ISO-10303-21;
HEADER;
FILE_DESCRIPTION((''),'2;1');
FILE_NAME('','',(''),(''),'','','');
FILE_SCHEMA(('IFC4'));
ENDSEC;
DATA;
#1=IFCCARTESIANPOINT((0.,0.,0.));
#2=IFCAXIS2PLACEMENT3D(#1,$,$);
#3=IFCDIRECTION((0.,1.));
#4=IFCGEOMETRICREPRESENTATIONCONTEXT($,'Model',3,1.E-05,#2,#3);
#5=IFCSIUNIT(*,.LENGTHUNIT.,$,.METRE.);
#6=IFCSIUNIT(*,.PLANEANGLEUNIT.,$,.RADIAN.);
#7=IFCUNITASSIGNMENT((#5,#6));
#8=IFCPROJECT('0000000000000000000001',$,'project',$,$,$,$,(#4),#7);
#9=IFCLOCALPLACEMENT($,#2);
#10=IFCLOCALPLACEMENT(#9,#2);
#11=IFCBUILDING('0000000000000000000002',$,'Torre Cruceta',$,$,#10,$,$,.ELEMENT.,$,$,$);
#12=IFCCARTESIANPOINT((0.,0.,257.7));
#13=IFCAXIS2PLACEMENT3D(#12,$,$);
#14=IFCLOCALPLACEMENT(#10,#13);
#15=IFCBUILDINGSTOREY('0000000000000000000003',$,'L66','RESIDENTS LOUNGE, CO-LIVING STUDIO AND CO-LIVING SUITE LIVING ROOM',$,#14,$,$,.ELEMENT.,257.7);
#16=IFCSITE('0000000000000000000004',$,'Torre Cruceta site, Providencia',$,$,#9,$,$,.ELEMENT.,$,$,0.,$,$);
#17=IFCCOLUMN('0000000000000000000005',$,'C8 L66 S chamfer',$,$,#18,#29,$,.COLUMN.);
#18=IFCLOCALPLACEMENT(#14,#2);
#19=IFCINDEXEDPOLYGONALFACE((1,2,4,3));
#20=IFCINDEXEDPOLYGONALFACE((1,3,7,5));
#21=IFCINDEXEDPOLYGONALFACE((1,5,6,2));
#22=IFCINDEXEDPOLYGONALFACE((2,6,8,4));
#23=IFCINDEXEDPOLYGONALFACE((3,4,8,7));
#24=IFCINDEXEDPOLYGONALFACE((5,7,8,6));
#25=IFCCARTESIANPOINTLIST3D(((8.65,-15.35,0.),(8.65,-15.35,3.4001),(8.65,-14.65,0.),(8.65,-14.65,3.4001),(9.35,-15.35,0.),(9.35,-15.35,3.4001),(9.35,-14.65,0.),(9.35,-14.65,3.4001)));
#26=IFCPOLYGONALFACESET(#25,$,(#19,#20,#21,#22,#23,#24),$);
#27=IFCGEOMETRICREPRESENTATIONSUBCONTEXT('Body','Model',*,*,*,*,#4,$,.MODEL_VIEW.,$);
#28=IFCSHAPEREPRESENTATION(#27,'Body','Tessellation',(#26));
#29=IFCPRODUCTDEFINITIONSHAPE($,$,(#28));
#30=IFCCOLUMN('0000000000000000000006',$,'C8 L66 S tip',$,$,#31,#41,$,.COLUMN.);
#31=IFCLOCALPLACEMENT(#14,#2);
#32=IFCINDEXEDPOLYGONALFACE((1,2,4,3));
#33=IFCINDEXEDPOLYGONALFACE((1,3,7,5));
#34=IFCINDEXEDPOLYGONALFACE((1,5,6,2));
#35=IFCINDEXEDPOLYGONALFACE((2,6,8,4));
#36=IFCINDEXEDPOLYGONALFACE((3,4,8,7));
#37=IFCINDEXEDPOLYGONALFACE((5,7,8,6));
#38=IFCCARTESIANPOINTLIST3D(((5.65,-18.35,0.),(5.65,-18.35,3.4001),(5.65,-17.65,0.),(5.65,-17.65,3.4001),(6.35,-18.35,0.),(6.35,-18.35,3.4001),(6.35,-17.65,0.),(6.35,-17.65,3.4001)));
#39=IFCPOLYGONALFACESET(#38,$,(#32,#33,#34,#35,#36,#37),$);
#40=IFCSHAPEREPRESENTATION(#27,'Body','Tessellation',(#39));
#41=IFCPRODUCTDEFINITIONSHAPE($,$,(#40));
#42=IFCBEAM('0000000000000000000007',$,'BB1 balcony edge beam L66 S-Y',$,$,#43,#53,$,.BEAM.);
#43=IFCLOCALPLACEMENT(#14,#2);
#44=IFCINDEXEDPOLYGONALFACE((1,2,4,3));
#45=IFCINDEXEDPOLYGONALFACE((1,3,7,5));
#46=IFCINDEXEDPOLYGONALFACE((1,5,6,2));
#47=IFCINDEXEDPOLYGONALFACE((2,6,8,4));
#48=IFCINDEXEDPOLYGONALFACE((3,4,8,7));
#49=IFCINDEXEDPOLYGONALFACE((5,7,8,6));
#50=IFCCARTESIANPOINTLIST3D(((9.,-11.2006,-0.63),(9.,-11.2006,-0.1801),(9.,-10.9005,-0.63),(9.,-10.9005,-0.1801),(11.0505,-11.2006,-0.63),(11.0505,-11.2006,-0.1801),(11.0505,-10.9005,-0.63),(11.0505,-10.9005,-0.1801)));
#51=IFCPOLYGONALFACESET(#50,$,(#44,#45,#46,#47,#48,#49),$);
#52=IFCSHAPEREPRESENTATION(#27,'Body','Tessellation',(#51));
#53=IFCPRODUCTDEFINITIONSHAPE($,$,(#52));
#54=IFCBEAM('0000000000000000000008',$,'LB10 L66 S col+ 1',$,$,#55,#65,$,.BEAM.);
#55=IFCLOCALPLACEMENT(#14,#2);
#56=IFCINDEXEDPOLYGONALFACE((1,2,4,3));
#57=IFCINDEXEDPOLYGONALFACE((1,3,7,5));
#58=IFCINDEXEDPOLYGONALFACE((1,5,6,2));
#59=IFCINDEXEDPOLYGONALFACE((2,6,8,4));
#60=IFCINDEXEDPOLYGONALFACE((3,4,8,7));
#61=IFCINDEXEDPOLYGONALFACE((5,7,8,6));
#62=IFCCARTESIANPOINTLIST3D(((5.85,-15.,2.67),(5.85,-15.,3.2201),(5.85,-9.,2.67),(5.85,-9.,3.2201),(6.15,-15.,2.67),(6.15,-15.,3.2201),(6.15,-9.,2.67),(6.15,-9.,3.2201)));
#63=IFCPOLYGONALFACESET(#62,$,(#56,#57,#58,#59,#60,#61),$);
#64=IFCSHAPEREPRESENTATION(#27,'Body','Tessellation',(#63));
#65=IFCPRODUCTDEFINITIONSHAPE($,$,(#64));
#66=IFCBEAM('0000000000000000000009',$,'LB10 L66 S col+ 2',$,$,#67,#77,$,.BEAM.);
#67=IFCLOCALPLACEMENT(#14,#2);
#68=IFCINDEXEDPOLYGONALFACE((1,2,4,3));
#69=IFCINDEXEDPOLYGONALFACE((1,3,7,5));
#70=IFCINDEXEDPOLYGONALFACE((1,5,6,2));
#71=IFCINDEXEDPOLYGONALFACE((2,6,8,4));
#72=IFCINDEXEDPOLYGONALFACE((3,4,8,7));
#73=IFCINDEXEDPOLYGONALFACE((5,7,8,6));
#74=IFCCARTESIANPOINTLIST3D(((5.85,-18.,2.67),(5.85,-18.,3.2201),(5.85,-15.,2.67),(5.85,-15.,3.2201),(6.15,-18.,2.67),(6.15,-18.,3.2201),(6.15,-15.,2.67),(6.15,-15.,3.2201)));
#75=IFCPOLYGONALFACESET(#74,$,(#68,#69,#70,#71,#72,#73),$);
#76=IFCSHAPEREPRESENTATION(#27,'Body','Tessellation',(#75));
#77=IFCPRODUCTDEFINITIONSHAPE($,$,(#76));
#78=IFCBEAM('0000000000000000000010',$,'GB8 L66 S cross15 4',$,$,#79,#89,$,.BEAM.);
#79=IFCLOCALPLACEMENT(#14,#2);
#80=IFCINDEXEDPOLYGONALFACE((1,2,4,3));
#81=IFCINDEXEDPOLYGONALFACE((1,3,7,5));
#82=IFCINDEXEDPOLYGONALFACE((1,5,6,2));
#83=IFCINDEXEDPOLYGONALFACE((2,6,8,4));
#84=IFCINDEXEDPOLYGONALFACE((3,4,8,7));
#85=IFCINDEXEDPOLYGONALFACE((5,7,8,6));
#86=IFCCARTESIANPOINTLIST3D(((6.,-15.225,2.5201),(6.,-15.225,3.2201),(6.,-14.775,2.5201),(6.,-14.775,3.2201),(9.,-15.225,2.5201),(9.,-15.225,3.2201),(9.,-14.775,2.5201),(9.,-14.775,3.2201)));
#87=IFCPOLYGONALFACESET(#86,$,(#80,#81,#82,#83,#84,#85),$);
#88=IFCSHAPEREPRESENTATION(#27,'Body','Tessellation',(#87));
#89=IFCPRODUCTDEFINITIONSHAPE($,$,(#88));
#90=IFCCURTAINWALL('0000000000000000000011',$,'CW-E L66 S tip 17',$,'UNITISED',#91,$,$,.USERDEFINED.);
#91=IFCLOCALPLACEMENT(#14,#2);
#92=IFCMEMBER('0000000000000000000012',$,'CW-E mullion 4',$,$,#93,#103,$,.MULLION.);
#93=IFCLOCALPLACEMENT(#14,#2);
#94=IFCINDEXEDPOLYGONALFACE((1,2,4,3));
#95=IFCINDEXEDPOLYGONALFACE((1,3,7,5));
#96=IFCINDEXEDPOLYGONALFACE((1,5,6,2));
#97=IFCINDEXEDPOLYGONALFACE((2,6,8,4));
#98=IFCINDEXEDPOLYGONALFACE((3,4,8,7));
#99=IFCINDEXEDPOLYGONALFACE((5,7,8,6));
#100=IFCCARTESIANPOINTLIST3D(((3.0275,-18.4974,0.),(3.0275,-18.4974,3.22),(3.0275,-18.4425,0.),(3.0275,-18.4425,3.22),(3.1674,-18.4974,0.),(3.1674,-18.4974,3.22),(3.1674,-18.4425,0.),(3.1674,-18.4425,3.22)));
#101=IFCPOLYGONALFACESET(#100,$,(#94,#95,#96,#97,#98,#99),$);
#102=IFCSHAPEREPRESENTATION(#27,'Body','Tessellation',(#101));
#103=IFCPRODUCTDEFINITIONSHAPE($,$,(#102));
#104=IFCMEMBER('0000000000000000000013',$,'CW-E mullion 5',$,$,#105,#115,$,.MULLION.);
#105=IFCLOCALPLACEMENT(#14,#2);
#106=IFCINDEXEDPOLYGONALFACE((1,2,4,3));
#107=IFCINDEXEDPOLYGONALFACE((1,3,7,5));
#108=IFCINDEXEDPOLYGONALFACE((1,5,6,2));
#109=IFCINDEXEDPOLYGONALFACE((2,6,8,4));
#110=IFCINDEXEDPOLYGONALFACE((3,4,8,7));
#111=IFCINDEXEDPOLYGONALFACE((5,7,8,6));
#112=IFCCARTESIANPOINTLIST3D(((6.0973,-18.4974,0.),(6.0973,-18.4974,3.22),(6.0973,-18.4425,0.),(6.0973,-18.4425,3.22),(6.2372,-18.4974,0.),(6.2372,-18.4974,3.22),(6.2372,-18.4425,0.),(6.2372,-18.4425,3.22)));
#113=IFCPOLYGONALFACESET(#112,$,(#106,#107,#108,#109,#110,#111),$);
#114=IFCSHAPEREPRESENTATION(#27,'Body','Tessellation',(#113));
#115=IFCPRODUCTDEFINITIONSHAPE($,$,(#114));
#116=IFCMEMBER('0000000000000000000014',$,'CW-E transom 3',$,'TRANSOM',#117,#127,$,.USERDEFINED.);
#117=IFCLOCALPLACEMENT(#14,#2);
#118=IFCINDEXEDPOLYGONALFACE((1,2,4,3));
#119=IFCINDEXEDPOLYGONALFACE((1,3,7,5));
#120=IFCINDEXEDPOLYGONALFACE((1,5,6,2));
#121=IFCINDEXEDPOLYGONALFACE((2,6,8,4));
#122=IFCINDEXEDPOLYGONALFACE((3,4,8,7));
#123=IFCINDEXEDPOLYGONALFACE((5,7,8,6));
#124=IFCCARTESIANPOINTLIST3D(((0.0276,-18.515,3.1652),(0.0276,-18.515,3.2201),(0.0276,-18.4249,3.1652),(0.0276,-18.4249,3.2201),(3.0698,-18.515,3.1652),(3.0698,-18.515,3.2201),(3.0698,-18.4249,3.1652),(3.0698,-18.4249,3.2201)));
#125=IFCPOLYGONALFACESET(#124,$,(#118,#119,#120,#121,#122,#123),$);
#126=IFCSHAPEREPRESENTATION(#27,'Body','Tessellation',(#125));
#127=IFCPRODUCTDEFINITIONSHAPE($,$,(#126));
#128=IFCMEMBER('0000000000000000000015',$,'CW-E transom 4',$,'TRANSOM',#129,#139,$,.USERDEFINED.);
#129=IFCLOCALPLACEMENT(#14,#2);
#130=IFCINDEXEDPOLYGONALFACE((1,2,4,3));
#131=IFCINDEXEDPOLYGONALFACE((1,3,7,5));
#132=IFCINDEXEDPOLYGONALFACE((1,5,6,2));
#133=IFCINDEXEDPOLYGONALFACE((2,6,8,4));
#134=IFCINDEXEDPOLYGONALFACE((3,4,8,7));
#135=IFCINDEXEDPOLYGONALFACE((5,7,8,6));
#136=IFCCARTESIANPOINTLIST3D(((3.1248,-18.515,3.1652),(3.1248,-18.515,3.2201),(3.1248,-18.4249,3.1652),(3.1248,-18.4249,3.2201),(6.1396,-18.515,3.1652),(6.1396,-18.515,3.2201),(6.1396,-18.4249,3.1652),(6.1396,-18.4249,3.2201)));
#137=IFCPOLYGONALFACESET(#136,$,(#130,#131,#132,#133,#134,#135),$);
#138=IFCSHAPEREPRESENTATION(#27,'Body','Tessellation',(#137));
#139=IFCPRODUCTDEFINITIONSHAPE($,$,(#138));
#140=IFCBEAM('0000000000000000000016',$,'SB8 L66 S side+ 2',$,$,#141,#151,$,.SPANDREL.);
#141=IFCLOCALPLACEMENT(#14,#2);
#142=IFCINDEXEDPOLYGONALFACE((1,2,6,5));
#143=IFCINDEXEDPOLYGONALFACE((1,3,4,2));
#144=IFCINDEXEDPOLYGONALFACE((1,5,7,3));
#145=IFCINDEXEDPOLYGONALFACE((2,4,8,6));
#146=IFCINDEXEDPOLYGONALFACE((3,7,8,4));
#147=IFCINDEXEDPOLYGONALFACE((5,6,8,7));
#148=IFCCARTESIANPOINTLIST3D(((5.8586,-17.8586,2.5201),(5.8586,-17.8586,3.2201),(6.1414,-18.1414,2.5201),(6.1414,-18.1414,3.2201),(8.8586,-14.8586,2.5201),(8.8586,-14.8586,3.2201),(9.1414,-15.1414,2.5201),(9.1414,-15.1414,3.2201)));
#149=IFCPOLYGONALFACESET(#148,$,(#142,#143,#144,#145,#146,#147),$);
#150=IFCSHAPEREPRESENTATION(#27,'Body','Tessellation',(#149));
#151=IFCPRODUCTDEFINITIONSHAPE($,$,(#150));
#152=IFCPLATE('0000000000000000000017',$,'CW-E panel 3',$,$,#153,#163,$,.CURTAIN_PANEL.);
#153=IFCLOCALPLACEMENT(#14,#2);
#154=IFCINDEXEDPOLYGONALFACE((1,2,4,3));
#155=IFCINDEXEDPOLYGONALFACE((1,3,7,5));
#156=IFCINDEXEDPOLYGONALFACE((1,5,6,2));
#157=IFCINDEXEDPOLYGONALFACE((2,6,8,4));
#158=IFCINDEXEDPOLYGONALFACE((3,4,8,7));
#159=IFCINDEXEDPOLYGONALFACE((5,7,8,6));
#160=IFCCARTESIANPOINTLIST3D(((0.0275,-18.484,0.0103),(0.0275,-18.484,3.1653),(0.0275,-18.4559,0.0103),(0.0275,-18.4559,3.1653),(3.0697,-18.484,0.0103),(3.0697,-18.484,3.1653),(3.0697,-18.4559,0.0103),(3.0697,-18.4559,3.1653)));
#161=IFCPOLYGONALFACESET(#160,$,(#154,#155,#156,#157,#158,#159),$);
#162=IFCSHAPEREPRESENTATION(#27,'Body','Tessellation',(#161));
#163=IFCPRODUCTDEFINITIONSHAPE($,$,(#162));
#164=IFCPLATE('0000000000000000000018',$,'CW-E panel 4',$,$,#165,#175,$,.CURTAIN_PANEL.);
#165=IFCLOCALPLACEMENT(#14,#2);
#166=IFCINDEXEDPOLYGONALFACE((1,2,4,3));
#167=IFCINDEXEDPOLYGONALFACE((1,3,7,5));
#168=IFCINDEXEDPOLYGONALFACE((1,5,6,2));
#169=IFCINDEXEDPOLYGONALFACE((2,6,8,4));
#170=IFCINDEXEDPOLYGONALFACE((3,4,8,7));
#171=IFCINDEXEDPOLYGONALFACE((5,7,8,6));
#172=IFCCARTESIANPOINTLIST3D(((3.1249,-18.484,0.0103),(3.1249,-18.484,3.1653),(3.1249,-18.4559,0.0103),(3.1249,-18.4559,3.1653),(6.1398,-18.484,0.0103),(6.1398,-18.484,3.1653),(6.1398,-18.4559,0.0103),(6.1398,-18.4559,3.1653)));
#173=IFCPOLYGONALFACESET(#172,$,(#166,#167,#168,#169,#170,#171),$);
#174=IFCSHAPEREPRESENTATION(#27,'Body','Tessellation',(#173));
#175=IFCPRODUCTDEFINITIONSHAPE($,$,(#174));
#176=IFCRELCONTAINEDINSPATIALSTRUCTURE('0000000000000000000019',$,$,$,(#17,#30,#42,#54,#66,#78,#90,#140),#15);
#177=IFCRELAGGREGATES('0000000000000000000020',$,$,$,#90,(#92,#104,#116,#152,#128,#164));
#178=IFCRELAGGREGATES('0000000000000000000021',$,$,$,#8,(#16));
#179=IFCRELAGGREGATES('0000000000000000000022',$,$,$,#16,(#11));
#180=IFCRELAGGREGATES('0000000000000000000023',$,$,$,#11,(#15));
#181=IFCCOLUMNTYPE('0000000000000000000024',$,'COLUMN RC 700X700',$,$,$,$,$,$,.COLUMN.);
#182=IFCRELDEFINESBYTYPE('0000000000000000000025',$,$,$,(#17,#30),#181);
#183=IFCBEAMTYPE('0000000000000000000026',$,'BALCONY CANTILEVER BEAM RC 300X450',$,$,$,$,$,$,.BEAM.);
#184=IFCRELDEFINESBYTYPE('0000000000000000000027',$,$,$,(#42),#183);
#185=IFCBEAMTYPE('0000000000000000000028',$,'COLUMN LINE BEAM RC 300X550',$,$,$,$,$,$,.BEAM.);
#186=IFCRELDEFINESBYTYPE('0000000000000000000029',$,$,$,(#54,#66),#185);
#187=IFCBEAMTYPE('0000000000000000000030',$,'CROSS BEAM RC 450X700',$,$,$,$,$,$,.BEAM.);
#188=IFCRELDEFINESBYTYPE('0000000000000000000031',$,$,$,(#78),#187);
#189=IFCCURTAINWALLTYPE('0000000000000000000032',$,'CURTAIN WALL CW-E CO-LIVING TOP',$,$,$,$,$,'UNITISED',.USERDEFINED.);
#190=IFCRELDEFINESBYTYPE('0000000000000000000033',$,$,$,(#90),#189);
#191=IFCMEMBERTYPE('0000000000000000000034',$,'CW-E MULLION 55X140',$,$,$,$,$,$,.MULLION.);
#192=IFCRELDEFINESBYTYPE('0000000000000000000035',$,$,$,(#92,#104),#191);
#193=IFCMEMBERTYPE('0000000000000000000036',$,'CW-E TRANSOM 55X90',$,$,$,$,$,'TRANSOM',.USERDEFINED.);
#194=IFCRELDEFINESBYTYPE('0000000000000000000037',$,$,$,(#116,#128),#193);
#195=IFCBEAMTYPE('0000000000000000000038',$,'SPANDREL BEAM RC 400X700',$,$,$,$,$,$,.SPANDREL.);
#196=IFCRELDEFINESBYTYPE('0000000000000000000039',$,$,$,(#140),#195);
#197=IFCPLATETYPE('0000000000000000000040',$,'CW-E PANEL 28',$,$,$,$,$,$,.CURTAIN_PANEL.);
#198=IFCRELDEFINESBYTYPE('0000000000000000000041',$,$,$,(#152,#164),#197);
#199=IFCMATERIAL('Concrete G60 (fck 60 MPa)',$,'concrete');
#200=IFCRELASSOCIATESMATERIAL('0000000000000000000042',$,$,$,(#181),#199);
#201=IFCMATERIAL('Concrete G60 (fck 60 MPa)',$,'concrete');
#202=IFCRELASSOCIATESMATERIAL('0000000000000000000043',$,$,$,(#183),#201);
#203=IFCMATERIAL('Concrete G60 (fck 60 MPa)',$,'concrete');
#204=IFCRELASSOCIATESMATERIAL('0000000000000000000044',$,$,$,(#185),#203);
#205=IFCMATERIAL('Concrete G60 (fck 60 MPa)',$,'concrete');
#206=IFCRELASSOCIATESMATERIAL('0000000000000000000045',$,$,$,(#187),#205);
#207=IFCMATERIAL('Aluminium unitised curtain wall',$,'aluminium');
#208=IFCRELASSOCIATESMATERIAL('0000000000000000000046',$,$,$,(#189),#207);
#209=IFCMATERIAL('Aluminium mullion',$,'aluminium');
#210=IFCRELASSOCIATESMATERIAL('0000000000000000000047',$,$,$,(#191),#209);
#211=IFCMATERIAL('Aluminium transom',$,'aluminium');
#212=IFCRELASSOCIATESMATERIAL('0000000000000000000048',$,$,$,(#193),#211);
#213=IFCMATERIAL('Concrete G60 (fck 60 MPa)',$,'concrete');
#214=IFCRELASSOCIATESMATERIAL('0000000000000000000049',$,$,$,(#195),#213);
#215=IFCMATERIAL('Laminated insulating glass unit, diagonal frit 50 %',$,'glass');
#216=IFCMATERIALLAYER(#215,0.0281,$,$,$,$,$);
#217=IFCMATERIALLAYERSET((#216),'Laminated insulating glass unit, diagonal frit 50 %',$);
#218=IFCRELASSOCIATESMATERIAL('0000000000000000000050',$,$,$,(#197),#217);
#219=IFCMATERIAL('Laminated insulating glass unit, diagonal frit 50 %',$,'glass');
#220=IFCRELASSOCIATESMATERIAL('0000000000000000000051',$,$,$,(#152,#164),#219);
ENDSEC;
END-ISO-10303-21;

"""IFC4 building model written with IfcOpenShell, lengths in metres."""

from ifc_helpers import new_model, si_unit, direction, frame, origin, origin_2d, place, context, subcontext, project, spatial, rectangle, extrude, material, layer, layer_set, material_profile, profile_set, type_object, element, aggregate, save


model = new_model("IFC4")

# Units and contexts
model_context = context("Model", 3, precision=1e-05, world=origin(), true_north=direction((0.0, 1.0)))
body_context = subcontext(model_context, "Body", "Model", "MODEL_VIEW")
ifc_project = project(units=[si_unit("LENGTHUNIT", "METRE"), si_unit("PLANEANGLEUNIT", "RADIAN")], contexts=[model_context])

# Site, building, storey
site_placement = place(None, origin())
site = spatial("IfcSite", under=ifc_project, at=site_placement, Name="Torre Cruceta site, Providencia", CompositionType="ELEMENT", RefElevation=0.0)
building_placement = place(site_placement, origin())
building = spatial("IfcBuilding", under=site, at=building_placement, Name="Torre Cruceta", CompositionType="ELEMENT")
storey_placement = place(building_placement, frame((0.0, 0.0, 257.7)))
storey = spatial("IfcBuildingStorey", under=building, at=storey_placement, Name="L66", Description="RESIDENTS LOUNGE, CO-LIVING STUDIO AND CO-LIVING SUITE LIVING ROOM", CompositionType="ELEMENT", Elevation=257.7)

# Columns
ifc_material_1 = material(Name="Concrete G60 (fck 60 MPa)", Category="concrete")
ifc_material_profile_1 = material_profile(ifc_material_1, rectangle(XDim=0.7, YDim=0.7, at=origin_2d()), Name="RC 700X700")
ifc_profile_set_1 = profile_set([ifc_material_profile_1], Name="Concrete G60 (fck 60 MPa)")
column_type = type_object("IfcColumnType", Name="COLUMN RC 700X700", PredefinedType="COLUMN", material=ifc_profile_set_1)
for number, where, z_axis, x_axis, name in (
    (1, (9.0, -15.0, 0.0), (0.0, 0.0, 1.0), (1.0, 0.0, 0.0), "C8 L66 S chamfer"),
    (2, (6.0, -18.0, 0.0), (0.0, 0.0, 1.0), (1.0, 0.0, 0.0), "C8 L66 S tip"),
):
    element("IfcColumn", number, at=place(storey_placement, frame(where, z_axis=z_axis, x_axis=x_axis)), inside=storey, type_object=column_type, Name=name, PredefinedType="COLUMN", context=body_context, shape_type="SweptSolid", body=[
        extrude(rectangle(XDim=0.7, YDim=0.7, at=origin_2d()), origin(), (0.0, 0.0, 1.0), 3.4001),
    ])

# Beams
ifc_material_2 = material(Name="Concrete G60 (fck 60 MPa)", Category="concrete")
ifc_material_profile_2 = material_profile(ifc_material_2, rectangle(XDim=0.3, YDim=0.45, at=origin_2d()), Name="RC 300X450")
ifc_profile_set_2 = profile_set([ifc_material_profile_2], Name="Concrete G60 (fck 60 MPa)")
beam_type_1 = type_object("IfcBeamType", Name="BALCONY CANTILEVER BEAM RC 300X450", PredefinedType="BEAM", material=ifc_profile_set_2)
beam_1_placement = place(storey_placement, frame((9.0, -11.0505, -0.405), z_axis=(1.0, 0.0, 0.0), x_axis=(0.0, 1.0, 0.0)))
element("IfcBeam", 3, at=beam_1_placement, inside=storey, type_object=beam_type_1, Name="BB1 balcony edge beam L66 S-Y", PredefinedType="BEAM", context=body_context, shape_type="SweptSolid", body=[
    extrude(rectangle(XDim=0.3, YDim=0.45, at=origin_2d()), origin(), (0.0, 0.0, 1.0), 2.0505),
])
ifc_material_3 = material(Name="Concrete G60 (fck 60 MPa)", Category="concrete")
ifc_material_profile_3 = material_profile(ifc_material_3, rectangle(XDim=0.3, YDim=0.55, at=origin_2d()), Name="RC 300X550")
ifc_profile_set_3 = profile_set([ifc_material_profile_3], Name="Concrete G60 (fck 60 MPa)")
beam_type_2 = type_object("IfcBeamType", Name="COLUMN LINE BEAM RC 300X550", PredefinedType="BEAM", material=ifc_profile_set_3)
beam_2_placement = place(storey_placement, frame((6.0, -9.0, 2.9451), z_axis=(0.0, -1.0, 0.0), x_axis=(1.0, 0.0, 0.0)))
element("IfcBeam", 4, at=beam_2_placement, inside=storey, type_object=beam_type_2, Name="LB10 L66 S col+ 1", PredefinedType="BEAM", context=body_context, shape_type="SweptSolid", body=[
    extrude(rectangle(XDim=0.3, YDim=0.55, at=origin_2d()), origin(), (0.0, 0.0, 1.0), 6.0),
])
beam_3_placement = place(storey_placement, frame((6.0, -15.0, 2.9451), z_axis=(0.0, -1.0, 0.0), x_axis=(1.0, 0.0, 0.0)))
element("IfcBeam", 5, at=beam_3_placement, inside=storey, type_object=beam_type_2, Name="LB10 L66 S col+ 2", PredefinedType="BEAM", context=body_context, shape_type="SweptSolid", body=[
    extrude(rectangle(XDim=0.3, YDim=0.55, at=origin_2d()), origin(), (0.0, 0.0, 1.0), 3.0),
])
ifc_material_4 = material(Name="Concrete G60 (fck 60 MPa)", Category="concrete")
ifc_material_profile_4 = material_profile(ifc_material_4, rectangle(XDim=0.45, YDim=0.7, at=origin_2d()), Name="RC 450X700")
ifc_profile_set_4 = profile_set([ifc_material_profile_4], Name="Concrete G60 (fck 60 MPa)")
beam_type_3 = type_object("IfcBeamType", Name="CROSS BEAM RC 450X700", PredefinedType="BEAM", material=ifc_profile_set_4)
beam_4_placement = place(storey_placement, frame((6.0, -15.0, 2.8701), z_axis=(1.0, 0.0, 0.0), x_axis=(0.0, 1.0, 0.0)))
element("IfcBeam", 6, at=beam_4_placement, inside=storey, type_object=beam_type_3, Name="GB8 L66 S cross15 4", PredefinedType="BEAM", context=body_context, shape_type="SweptSolid", body=[
    extrude(rectangle(XDim=0.45, YDim=0.7, at=origin_2d()), origin(), (0.0, 0.0, 1.0), 3.0),
])

# Curtain wall, members
ifc_material_5 = material(Name="Aluminium unitised curtain wall", Category="aluminium")
curtain_wall_type = type_object("IfcCurtainWallType", Name="CURTAIN WALL CW-E CO-LIVING TOP", ElementType="UNITISED", PredefinedType="USERDEFINED", material=ifc_material_5)
curtain_wall_placement = place(storey_placement, origin())
curtain_wall = element("IfcCurtainWall", 7, at=curtain_wall_placement, inside=storey, type_object=curtain_wall_type, Name="CW-E L66 S tip 17", ObjectType="UNITISED", PredefinedType="USERDEFINED")
ifc_material_6 = material(Name="Aluminium mullion", Category="aluminium")
ifc_material_profile_5 = material_profile(ifc_material_6, rectangle(XDim=0.0549, YDim=0.1399, at=origin_2d()), Name="AL 55X140")
ifc_profile_set_5 = profile_set([ifc_material_profile_5], Name="Aluminium mullion")
member_type_1 = type_object("IfcMemberType", Name="CW-E MULLION 55X140", PredefinedType="MULLION", material=ifc_profile_set_5)
member_1_placement = place(storey_placement, frame((3.0974, -18.47, 0.0), z_axis=(0.0, 0.0, 1.0), x_axis=(0.0, 1.0, 0.0)))
member_1 = element("IfcMember", 8, at=member_1_placement, type_object=member_type_1, Name="CW-E mullion 4", PredefinedType="MULLION", context=body_context, shape_type="SweptSolid", body=[
    extrude(rectangle(XDim=0.0549, YDim=0.1399, at=origin_2d()), origin(), (0.0, 0.0, 1.0), 3.22),
])
member_2_placement = place(storey_placement, frame((6.1672, -18.47, 0.0), z_axis=(0.0, 0.0, 1.0), x_axis=(0.0, 1.0, 0.0)))
member_2 = element("IfcMember", 9, at=member_2_placement, type_object=member_type_1, Name="CW-E mullion 5", PredefinedType="MULLION", context=body_context, shape_type="SweptSolid", body=[
    extrude(rectangle(XDim=0.0549, YDim=0.1399, at=origin_2d()), origin(), (0.0, 0.0, 1.0), 3.22),
])
ifc_material_7 = material(Name="Aluminium transom", Category="aluminium")
ifc_material_profile_6 = material_profile(ifc_material_7, rectangle(XDim=0.0901, YDim=0.0549, at=origin_2d()), Name="AL 90X55")
ifc_profile_set_6 = profile_set([ifc_material_profile_6], Name="Aluminium transom")
member_type_2 = type_object("IfcMemberType", Name="CW-E TRANSOM 55X90", ElementType="TRANSOM", PredefinedType="USERDEFINED", material=ifc_profile_set_6)
member_3_placement = place(storey_placement, frame((0.0276, -18.47, 3.1926), z_axis=(1.0, 0.0, 0.0), x_axis=(0.0, 1.0, 0.0)))
member_3 = element("IfcMember", 10, at=member_3_placement, type_object=member_type_2, Name="CW-E transom 3", ObjectType="TRANSOM", PredefinedType="USERDEFINED", context=body_context, shape_type="SweptSolid", body=[
    extrude(rectangle(XDim=0.0901, YDim=0.0549, at=origin_2d()), origin(), (0.0, 0.0, 1.0), 3.0422),
])
member_4_placement = place(storey_placement, frame((3.1248, -18.47, 3.1926), z_axis=(1.0, 0.0, 0.0), x_axis=(0.0, 1.0, 0.0)))
member_4 = element("IfcMember", 11, at=member_4_placement, type_object=member_type_2, Name="CW-E transom 4", ObjectType="TRANSOM", PredefinedType="USERDEFINED", context=body_context, shape_type="SweptSolid", body=[
    extrude(rectangle(XDim=0.0901, YDim=0.0549, at=origin_2d()), origin(), (0.0, 0.0, 1.0), 3.0149),
])

# Beam
ifc_material_8 = material(Name="Concrete G60 (fck 60 MPa)", Category="concrete")
ifc_material_profile_7 = material_profile(ifc_material_8, rectangle(XDim=0.3999, YDim=0.7, at=origin_2d()), Name="RC 400X700")
ifc_profile_set_7 = profile_set([ifc_material_profile_7], Name="Concrete G60 (fck 60 MPa)")
beam_type_4 = type_object("IfcBeamType", Name="SPANDREL BEAM RC 400X700", PredefinedType="SPANDREL", material=ifc_profile_set_7)
beam_5_placement = place(storey_placement, frame((9.0, -15.0, 2.8701), z_axis=(-0.707107, -0.707107, 0.0), x_axis=(0.707107, -0.707107, 0.0)))
element("IfcBeam", 12, at=beam_5_placement, inside=storey, type_object=beam_type_4, Name="SB8 L66 S side+ 2", PredefinedType="SPANDREL", context=body_context, shape_type="SweptSolid", body=[
    extrude(rectangle(XDim=0.3999, YDim=0.7, at=origin_2d()), origin(), (0.0, 0.0, 1.0), 4.2427),
])

# Plates
ifc_material_9 = material(Name="Laminated insulating glass unit, diagonal frit 50 %", Category="glass")
ifc_material_10 = material(Name="Laminated insulating glass unit, diagonal frit 50 %", Category="glass")
ifc_layer_1 = layer(ifc_material_10, 0.0281)
ifc_layer_set_1 = layer_set([ifc_layer_1], Name="Laminated insulating glass unit, diagonal frit 50 %")
plate_type = type_object("IfcPlateType", Name="CW-E PANEL 28", PredefinedType="CURTAIN_PANEL", material=ifc_layer_set_1)
plate_1_placement = place(storey_placement, frame((1.5486, -18.47, 0.0103), z_axis=(0.0, 0.0, 1.0), x_axis=(1.0, 0.0, 0.0)))
plate_1 = element("IfcPlate", 13, at=plate_1_placement, type_object=plate_type, material=ifc_material_9, Name="CW-E panel 3", PredefinedType="CURTAIN_PANEL", context=body_context, shape_type="SweptSolid", body=[
    extrude(rectangle(XDim=3.0422, YDim=0.0281, at=origin_2d()), origin(), (0.0, 0.0, 1.0), 3.155),
])
plate_2_placement = place(storey_placement, frame((4.6323, -18.47, 0.0103), z_axis=(0.0, 0.0, 1.0), x_axis=(1.0, 0.0, 0.0)))
plate_2 = element("IfcPlate", 14, at=plate_2_placement, type_object=plate_type, material=ifc_material_9, Name="CW-E panel 4", PredefinedType="CURTAIN_PANEL", context=body_context, shape_type="SweptSolid", body=[
    extrude(rectangle(XDim=3.0149, YDim=0.0281, at=origin_2d()), origin(), (0.0, 0.0, 1.0), 3.155),
])
aggregate(curtain_wall, [member_1, member_2, member_3, plate_1, member_4, plate_2])

save(model, "model.ifc")
